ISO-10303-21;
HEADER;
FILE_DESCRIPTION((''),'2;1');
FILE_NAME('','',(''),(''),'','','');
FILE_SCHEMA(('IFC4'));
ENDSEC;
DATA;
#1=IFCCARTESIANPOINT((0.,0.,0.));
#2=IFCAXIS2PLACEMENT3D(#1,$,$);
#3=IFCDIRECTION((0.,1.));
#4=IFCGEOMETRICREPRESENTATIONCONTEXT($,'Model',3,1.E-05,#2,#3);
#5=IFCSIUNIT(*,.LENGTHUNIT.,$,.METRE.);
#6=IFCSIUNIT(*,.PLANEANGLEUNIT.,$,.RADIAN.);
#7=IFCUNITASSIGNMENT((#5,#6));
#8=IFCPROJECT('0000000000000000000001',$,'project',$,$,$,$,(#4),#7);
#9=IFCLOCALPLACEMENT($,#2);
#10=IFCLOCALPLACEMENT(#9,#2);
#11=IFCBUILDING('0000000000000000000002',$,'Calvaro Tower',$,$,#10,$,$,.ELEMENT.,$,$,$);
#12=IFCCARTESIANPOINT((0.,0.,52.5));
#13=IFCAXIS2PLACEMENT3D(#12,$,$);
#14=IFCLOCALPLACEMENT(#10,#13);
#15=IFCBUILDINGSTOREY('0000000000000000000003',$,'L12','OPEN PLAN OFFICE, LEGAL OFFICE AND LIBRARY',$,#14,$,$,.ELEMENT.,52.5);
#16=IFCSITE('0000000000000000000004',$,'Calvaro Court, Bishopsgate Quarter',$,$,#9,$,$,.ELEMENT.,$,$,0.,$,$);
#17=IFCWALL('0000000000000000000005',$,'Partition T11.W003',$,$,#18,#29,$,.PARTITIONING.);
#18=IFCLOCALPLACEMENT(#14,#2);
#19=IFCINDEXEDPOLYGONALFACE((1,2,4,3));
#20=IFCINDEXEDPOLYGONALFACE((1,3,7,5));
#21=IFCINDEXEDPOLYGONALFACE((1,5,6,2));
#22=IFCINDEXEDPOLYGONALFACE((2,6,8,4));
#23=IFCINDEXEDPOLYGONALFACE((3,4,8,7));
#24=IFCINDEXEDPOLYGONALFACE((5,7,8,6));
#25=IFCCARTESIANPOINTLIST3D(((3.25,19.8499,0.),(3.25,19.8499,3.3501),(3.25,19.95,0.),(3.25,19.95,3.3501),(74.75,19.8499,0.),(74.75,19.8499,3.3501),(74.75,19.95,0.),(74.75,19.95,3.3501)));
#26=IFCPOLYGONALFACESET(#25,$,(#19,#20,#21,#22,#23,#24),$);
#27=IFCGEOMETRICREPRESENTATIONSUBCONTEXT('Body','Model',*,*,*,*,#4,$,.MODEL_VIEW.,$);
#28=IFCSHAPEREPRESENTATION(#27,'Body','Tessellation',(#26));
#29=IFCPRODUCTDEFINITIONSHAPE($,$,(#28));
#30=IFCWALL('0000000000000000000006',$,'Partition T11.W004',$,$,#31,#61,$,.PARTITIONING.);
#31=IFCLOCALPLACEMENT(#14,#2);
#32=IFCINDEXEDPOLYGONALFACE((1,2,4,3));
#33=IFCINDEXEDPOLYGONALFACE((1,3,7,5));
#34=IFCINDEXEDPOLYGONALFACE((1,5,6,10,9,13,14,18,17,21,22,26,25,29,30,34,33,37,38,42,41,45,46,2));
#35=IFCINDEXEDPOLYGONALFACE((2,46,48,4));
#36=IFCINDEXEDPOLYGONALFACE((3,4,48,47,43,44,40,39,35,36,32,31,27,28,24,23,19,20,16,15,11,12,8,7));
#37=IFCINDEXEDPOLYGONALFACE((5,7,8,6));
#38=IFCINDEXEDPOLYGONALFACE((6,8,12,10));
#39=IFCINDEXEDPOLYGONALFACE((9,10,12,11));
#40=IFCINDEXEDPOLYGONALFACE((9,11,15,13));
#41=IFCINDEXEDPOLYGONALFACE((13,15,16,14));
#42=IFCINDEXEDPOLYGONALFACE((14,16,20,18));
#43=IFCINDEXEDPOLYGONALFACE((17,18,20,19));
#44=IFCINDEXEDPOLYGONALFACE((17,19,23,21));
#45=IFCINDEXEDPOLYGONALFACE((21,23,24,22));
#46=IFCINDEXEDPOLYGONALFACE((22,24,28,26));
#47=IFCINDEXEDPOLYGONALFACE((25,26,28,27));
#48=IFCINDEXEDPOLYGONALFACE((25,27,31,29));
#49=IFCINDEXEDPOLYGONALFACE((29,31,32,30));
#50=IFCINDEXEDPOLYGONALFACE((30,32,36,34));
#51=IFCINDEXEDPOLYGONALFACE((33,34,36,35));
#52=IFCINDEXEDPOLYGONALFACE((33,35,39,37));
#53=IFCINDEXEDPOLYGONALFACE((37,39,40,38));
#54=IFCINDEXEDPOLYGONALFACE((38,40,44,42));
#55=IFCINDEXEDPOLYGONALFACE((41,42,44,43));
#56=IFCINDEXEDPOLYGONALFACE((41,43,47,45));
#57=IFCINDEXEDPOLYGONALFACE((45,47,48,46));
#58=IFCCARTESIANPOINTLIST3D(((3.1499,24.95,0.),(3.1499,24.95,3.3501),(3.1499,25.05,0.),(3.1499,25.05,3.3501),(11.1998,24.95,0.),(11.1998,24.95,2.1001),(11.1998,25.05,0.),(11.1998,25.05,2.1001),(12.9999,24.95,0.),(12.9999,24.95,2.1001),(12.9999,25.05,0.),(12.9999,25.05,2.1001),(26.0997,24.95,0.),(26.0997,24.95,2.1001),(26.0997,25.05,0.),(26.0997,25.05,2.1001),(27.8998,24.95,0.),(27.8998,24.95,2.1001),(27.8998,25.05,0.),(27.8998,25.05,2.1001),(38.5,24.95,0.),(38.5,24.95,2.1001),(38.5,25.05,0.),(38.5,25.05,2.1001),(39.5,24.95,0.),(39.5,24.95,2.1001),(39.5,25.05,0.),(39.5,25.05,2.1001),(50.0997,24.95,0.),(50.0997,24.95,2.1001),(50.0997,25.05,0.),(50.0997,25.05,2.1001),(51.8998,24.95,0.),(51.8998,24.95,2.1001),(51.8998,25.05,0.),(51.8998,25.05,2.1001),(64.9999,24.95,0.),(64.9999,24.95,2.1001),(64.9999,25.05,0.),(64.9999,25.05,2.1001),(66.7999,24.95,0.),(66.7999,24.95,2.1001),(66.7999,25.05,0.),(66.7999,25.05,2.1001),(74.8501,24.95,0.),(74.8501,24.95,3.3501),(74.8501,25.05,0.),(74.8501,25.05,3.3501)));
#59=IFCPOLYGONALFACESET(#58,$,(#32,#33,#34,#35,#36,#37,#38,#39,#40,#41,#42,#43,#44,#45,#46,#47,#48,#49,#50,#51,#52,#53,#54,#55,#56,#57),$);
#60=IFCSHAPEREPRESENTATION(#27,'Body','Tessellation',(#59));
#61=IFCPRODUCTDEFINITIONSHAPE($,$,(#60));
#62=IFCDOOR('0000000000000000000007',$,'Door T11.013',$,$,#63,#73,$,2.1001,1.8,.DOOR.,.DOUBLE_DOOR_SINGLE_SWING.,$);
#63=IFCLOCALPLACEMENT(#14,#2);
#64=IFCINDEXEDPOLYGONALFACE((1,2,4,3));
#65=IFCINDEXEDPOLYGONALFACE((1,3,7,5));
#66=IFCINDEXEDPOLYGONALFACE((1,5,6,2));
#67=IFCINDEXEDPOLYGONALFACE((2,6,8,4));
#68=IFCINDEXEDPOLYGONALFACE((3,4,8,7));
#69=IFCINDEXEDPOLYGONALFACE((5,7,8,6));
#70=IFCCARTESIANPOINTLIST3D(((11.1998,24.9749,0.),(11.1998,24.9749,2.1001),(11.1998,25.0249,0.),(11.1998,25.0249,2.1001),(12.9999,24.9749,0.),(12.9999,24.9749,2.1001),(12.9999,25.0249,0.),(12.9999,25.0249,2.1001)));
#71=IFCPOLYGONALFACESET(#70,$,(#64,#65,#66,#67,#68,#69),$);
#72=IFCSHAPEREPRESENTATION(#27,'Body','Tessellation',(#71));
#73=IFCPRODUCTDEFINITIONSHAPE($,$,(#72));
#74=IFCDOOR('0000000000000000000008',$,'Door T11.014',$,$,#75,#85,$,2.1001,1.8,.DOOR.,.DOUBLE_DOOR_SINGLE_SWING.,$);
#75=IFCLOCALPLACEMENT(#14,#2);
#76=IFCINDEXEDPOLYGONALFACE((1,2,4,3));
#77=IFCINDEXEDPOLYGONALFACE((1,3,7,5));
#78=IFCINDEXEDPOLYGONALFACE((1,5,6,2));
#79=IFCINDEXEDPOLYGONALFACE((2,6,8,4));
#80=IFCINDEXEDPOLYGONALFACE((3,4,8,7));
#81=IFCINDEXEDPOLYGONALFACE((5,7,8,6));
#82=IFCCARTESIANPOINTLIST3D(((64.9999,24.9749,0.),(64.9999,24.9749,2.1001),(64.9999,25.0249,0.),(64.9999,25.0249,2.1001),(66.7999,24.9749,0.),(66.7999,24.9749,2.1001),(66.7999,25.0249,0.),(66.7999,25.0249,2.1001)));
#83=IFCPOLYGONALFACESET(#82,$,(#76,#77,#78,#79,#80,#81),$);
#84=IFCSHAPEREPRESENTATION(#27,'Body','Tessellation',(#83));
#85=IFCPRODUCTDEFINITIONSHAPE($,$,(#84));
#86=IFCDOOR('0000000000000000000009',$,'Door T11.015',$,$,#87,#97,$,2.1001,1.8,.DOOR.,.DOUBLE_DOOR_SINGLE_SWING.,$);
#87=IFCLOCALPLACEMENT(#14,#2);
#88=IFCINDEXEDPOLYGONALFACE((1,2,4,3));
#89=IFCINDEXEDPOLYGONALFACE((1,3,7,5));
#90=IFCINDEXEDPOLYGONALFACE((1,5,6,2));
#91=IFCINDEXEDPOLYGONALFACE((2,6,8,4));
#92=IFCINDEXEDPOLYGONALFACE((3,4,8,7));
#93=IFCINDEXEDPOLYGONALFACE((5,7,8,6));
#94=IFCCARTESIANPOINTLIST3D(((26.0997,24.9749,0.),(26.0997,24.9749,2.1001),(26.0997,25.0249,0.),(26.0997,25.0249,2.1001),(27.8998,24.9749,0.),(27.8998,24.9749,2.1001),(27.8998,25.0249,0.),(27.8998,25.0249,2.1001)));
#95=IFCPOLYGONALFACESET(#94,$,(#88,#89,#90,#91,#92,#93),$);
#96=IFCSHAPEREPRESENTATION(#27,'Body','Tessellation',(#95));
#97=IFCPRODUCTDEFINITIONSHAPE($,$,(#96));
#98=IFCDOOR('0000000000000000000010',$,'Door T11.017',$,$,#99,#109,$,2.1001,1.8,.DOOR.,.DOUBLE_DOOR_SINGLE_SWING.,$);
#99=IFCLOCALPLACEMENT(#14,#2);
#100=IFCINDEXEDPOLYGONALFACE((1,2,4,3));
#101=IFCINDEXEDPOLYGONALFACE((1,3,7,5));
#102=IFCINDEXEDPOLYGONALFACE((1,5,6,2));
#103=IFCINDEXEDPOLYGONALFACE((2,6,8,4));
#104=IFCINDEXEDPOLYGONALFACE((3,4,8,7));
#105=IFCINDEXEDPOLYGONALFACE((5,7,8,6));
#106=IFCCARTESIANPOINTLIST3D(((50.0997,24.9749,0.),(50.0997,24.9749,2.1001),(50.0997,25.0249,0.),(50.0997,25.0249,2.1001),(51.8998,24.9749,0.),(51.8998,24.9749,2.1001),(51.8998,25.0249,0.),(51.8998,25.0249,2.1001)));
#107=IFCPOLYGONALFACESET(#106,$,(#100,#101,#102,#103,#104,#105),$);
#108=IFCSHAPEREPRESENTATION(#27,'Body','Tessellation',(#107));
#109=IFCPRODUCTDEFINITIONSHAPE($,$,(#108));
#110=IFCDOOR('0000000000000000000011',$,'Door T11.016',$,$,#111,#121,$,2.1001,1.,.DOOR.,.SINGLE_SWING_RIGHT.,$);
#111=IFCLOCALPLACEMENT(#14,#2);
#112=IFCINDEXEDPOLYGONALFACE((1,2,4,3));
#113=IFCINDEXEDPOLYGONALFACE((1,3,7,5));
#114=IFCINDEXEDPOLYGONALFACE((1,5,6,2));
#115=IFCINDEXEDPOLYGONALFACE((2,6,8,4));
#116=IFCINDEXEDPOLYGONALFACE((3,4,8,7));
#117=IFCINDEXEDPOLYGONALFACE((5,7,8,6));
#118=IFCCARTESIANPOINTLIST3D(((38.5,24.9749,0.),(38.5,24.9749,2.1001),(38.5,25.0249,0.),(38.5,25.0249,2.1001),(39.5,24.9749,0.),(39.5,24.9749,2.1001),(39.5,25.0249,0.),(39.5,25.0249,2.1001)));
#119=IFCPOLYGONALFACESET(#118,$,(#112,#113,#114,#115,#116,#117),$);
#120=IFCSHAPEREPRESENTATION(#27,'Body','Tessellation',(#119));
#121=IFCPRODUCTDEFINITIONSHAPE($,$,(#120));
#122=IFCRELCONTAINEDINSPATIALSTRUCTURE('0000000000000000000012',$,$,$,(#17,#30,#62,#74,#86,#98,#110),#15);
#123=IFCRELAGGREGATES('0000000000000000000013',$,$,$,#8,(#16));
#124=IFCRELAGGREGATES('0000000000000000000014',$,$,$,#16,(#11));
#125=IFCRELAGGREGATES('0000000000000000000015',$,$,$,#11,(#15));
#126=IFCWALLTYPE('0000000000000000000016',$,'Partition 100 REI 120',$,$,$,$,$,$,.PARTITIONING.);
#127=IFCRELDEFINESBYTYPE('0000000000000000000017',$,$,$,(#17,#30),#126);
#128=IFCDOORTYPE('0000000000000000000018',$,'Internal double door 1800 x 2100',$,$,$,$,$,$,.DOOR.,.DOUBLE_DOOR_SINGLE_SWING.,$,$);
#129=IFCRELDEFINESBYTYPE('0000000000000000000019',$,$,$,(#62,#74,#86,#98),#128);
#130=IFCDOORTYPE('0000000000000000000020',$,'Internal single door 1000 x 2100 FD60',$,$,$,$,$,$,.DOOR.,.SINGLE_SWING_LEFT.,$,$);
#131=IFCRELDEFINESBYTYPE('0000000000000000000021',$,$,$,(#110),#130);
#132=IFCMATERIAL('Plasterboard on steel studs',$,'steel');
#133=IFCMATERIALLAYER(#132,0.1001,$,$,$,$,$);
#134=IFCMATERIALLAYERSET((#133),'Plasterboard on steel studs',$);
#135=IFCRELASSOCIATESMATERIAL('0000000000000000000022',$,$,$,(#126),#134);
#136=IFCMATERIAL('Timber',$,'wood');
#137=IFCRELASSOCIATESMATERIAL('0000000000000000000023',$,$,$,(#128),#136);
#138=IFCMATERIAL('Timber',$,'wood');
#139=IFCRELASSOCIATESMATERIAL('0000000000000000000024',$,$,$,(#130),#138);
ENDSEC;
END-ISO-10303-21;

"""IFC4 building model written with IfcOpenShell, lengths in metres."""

from ifc_helpers import new_model, si_unit, direction, frame, frame_2d, origin, place, context, subcontext, project, spatial, rectangle, extrude, material, layer, layer_set, type_object, element, fill, save


model = new_model("IFC4")

# Units and contexts
model_context = context("Model", 3, precision=1e-05, world=origin(), true_north=direction((0.0, 1.0)))
body_context = subcontext(model_context, "Body", "Model", "MODEL_VIEW")
ifc_project = project(units=[si_unit("LENGTHUNIT", "METRE"), si_unit("PLANEANGLEUNIT", "RADIAN")], contexts=[model_context])

# Site, building, storey
site_placement = place(None, origin())
site = spatial("IfcSite", under=ifc_project, at=site_placement, Name="Calvaro Court, Bishopsgate Quarter", CompositionType="ELEMENT", RefElevation=0.0)
building_placement = place(site_placement, origin())
building = spatial("IfcBuilding", under=site, at=building_placement, Name="Calvaro Tower", CompositionType="ELEMENT")
storey_placement = place(building_placement, frame((0.0, 0.0, 52.5)))
storey = spatial("IfcBuildingStorey", under=building, at=storey_placement, Name="L12", Description="OPEN PLAN OFFICE, LEGAL OFFICE AND LIBRARY", CompositionType="ELEMENT", Elevation=52.5)

# Wall
ifc_material_1 = material(Name="Plasterboard on steel studs", Category="steel")
ifc_layer = layer(ifc_material_1, 0.1001)
ifc_layer_set = layer_set([ifc_layer], Name="Plasterboard on steel studs")
wall_type = type_object("IfcWallType", Name="Partition 100 REI 120", PredefinedType="PARTITIONING", material=ifc_layer_set)
wall_1_placement = place(storey_placement, frame((3.25, 19.8999, 0.0), z_axis=(0.0, 0.0, 1.0), x_axis=(1.0, 0.0, 0.0)))
element("IfcWall", 1, at=wall_1_placement, inside=storey, type_object=wall_type, Name="Partition T11.W003", PredefinedType="PARTITIONING", context=body_context, shape_type="SweptSolid", body=[
    extrude(rectangle(XDim=71.5, YDim=0.1001, at=frame_2d((35.75, 0.0))), origin(), (0.0, 0.0, 1.0), 3.3501),
])

# Wall, openings, doors
wall_2_placement = place(storey_placement, frame((3.1499, 25.0, 0.0), z_axis=(0.0, 0.0, 1.0), x_axis=(1.0, 0.0, 0.0)))
wall_2 = element("IfcWall", 2, at=wall_2_placement, inside=storey, type_object=wall_type, Name="Partition T11.W004", PredefinedType="PARTITIONING", context=body_context, shape_type="SweptSolid", body=[
    extrude(rectangle(XDim=71.7002, YDim=0.1001, at=frame_2d((35.8501, 0.0))), origin(), (0.0, 0.0, 1.0), 3.3501),
])
opening_1_placement = place(wall_2_placement, frame((8.05, 0.0, 0.0)))
opening_1 = element("IfcOpeningElement", 3, at=opening_1_placement, cuts=wall_2, PredefinedType="OPENING", context=body_context, shape_type="SweptSolid", body=[
    extrude(rectangle(XDim=1.8, YDim=2.1001, at=frame_2d((0.8999, 1.05))), frame((0.0, 0.0601, 0.0), z_axis=(0.0, -1.0, 0.0), x_axis=(1.0, 0.0, 0.0)), (0.0, 0.0, 1.0), 0.1201),
])
opening_2_placement = place(wall_2_placement, frame((61.8501, 0.0, 0.0)))
opening_2 = element("IfcOpeningElement", 4, at=opening_2_placement, cuts=wall_2, PredefinedType="OPENING", context=body_context, shape_type="SweptSolid", body=[
    extrude(rectangle(XDim=1.8, YDim=2.1001, at=frame_2d((0.8999, 1.05))), frame((0.0, 0.0601, 0.0), z_axis=(0.0, -1.0, 0.0), x_axis=(1.0, 0.0, 0.0)), (0.0, 0.0, 1.0), 0.1201),
])
opening_3_placement = place(wall_2_placement, frame((22.95, 0.0, 0.0)))
opening_3 = element("IfcOpeningElement", 5, at=opening_3_placement, cuts=wall_2, PredefinedType="OPENING", context=body_context, shape_type="SweptSolid", body=[
    extrude(rectangle(XDim=1.8, YDim=2.1001, at=frame_2d((0.8999, 1.05))), frame((0.0, 0.0601, 0.0), z_axis=(0.0, -1.0, 0.0), x_axis=(1.0, 0.0, 0.0)), (0.0, 0.0, 1.0), 0.1201),
])
opening_4_placement = place(wall_2_placement, frame((35.3501, 0.0, 0.0)))
opening_4 = element("IfcOpeningElement", 6, at=opening_4_placement, cuts=wall_2, PredefinedType="OPENING", context=body_context, shape_type="SweptSolid", body=[
    extrude(rectangle(XDim=1.0, YDim=2.1001, at=frame_2d((0.5, 1.05))), frame((0.0, 0.0601, 0.0), z_axis=(0.0, -1.0, 0.0), x_axis=(1.0, 0.0, 0.0)), (0.0, 0.0, 1.0), 0.1201),
])
opening_5_placement = place(wall_2_placement, frame((46.95, 0.0, 0.0)))
opening_5 = element("IfcOpeningElement", 7, at=opening_5_placement, cuts=wall_2, PredefinedType="OPENING", context=body_context, shape_type="SweptSolid", body=[
    extrude(rectangle(XDim=1.8, YDim=2.1001, at=frame_2d((0.8999, 1.05))), frame((0.0, 0.0601, 0.0), z_axis=(0.0, -1.0, 0.0), x_axis=(1.0, 0.0, 0.0)), (0.0, 0.0, 1.0), 0.1201),
])
ifc_material_2 = material(Name="Timber", Category="wood")
door_type_1 = type_object("IfcDoorType", Name="Internal double door 1800 x 2100", OperationType="DOUBLE_DOOR_SINGLE_SWING", PredefinedType="DOOR", material=ifc_material_2)
door_1_placement = place(opening_1_placement, origin())
door_1 = element("IfcDoor", 8, at=door_1_placement, inside=storey, type_object=door_type_1, Name="Door T11.013", OperationType="DOUBLE_DOOR_SINGLE_SWING", OverallHeight=2.1001, OverallWidth=1.8, PredefinedType="DOOR", context=body_context, shape_type="SweptSolid", body=[
    extrude(rectangle(XDim=1.8, YDim=2.1001, at=frame_2d((0.8999, 1.05))), frame((0.0, 0.0249, 0.0), z_axis=(0.0, -1.0, 0.0), x_axis=(1.0, 0.0, 0.0)), (0.0, 0.0, 1.0), 0.05),
])
fill(opening_1, door_1)
door_2_placement = place(opening_2_placement, origin())
door_2 = element("IfcDoor", 9, at=door_2_placement, inside=storey, type_object=door_type_1, Name="Door T11.014", OperationType="DOUBLE_DOOR_SINGLE_SWING", OverallHeight=2.1001, OverallWidth=1.8, PredefinedType="DOOR", context=body_context, shape_type="SweptSolid", body=[
    extrude(rectangle(XDim=1.8, YDim=2.1001, at=frame_2d((0.8999, 1.05))), frame((0.0, 0.0249, 0.0), z_axis=(0.0, -1.0, 0.0), x_axis=(1.0, 0.0, 0.0)), (0.0, 0.0, 1.0), 0.05),
])
fill(opening_2, door_2)
door_3_placement = place(opening_3_placement, origin())
door_3 = element("IfcDoor", 10, at=door_3_placement, inside=storey, type_object=door_type_1, Name="Door T11.015", OperationType="DOUBLE_DOOR_SINGLE_SWING", OverallHeight=2.1001, OverallWidth=1.8, PredefinedType="DOOR", context=body_context, shape_type="SweptSolid", body=[
    extrude(rectangle(XDim=1.8, YDim=2.1001, at=frame_2d((0.8999, 1.05))), frame((0.0, 0.0249, 0.0), z_axis=(0.0, -1.0, 0.0), x_axis=(1.0, 0.0, 0.0)), (0.0, 0.0, 1.0), 0.05),
])
fill(opening_3, door_3)
door_4_placement = place(opening_5_placement, origin())
door_4 = element("IfcDoor", 11, at=door_4_placement, inside=storey, type_object=door_type_1, Name="Door T11.017", OperationType="DOUBLE_DOOR_SINGLE_SWING", OverallHeight=2.1001, OverallWidth=1.8, PredefinedType="DOOR", context=body_context, shape_type="SweptSolid", body=[
    extrude(rectangle(XDim=1.8, YDim=2.1001, at=frame_2d((0.8999, 1.05))), frame((0.0, 0.0249, 0.0), z_axis=(0.0, -1.0, 0.0), x_axis=(1.0, 0.0, 0.0)), (0.0, 0.0, 1.0), 0.05),
])
fill(opening_5, door_4)
ifc_material_3 = material(Name="Timber", Category="wood")
door_type_2 = type_object("IfcDoorType", Name="Internal single door 1000 x 2100 FD60", OperationType="SINGLE_SWING_LEFT", PredefinedType="DOOR", material=ifc_material_3)
door_5_placement = place(opening_4_placement, origin())
door_5 = element("IfcDoor", 12, at=door_5_placement, inside=storey, type_object=door_type_2, Name="Door T11.016", OperationType="SINGLE_SWING_RIGHT", OverallHeight=2.1001, OverallWidth=1.0, PredefinedType="DOOR", context=body_context, shape_type="SweptSolid", body=[
    extrude(rectangle(XDim=1.0, YDim=2.1001, at=frame_2d((0.5, 1.05))), frame((0.0, 0.0249, 0.0), z_axis=(0.0, -1.0, 0.0), x_axis=(1.0, 0.0, 0.0)), (0.0, 0.0, 1.0), 0.05),
])
fill(opening_4, door_5)

save(model, "model.ifc")
